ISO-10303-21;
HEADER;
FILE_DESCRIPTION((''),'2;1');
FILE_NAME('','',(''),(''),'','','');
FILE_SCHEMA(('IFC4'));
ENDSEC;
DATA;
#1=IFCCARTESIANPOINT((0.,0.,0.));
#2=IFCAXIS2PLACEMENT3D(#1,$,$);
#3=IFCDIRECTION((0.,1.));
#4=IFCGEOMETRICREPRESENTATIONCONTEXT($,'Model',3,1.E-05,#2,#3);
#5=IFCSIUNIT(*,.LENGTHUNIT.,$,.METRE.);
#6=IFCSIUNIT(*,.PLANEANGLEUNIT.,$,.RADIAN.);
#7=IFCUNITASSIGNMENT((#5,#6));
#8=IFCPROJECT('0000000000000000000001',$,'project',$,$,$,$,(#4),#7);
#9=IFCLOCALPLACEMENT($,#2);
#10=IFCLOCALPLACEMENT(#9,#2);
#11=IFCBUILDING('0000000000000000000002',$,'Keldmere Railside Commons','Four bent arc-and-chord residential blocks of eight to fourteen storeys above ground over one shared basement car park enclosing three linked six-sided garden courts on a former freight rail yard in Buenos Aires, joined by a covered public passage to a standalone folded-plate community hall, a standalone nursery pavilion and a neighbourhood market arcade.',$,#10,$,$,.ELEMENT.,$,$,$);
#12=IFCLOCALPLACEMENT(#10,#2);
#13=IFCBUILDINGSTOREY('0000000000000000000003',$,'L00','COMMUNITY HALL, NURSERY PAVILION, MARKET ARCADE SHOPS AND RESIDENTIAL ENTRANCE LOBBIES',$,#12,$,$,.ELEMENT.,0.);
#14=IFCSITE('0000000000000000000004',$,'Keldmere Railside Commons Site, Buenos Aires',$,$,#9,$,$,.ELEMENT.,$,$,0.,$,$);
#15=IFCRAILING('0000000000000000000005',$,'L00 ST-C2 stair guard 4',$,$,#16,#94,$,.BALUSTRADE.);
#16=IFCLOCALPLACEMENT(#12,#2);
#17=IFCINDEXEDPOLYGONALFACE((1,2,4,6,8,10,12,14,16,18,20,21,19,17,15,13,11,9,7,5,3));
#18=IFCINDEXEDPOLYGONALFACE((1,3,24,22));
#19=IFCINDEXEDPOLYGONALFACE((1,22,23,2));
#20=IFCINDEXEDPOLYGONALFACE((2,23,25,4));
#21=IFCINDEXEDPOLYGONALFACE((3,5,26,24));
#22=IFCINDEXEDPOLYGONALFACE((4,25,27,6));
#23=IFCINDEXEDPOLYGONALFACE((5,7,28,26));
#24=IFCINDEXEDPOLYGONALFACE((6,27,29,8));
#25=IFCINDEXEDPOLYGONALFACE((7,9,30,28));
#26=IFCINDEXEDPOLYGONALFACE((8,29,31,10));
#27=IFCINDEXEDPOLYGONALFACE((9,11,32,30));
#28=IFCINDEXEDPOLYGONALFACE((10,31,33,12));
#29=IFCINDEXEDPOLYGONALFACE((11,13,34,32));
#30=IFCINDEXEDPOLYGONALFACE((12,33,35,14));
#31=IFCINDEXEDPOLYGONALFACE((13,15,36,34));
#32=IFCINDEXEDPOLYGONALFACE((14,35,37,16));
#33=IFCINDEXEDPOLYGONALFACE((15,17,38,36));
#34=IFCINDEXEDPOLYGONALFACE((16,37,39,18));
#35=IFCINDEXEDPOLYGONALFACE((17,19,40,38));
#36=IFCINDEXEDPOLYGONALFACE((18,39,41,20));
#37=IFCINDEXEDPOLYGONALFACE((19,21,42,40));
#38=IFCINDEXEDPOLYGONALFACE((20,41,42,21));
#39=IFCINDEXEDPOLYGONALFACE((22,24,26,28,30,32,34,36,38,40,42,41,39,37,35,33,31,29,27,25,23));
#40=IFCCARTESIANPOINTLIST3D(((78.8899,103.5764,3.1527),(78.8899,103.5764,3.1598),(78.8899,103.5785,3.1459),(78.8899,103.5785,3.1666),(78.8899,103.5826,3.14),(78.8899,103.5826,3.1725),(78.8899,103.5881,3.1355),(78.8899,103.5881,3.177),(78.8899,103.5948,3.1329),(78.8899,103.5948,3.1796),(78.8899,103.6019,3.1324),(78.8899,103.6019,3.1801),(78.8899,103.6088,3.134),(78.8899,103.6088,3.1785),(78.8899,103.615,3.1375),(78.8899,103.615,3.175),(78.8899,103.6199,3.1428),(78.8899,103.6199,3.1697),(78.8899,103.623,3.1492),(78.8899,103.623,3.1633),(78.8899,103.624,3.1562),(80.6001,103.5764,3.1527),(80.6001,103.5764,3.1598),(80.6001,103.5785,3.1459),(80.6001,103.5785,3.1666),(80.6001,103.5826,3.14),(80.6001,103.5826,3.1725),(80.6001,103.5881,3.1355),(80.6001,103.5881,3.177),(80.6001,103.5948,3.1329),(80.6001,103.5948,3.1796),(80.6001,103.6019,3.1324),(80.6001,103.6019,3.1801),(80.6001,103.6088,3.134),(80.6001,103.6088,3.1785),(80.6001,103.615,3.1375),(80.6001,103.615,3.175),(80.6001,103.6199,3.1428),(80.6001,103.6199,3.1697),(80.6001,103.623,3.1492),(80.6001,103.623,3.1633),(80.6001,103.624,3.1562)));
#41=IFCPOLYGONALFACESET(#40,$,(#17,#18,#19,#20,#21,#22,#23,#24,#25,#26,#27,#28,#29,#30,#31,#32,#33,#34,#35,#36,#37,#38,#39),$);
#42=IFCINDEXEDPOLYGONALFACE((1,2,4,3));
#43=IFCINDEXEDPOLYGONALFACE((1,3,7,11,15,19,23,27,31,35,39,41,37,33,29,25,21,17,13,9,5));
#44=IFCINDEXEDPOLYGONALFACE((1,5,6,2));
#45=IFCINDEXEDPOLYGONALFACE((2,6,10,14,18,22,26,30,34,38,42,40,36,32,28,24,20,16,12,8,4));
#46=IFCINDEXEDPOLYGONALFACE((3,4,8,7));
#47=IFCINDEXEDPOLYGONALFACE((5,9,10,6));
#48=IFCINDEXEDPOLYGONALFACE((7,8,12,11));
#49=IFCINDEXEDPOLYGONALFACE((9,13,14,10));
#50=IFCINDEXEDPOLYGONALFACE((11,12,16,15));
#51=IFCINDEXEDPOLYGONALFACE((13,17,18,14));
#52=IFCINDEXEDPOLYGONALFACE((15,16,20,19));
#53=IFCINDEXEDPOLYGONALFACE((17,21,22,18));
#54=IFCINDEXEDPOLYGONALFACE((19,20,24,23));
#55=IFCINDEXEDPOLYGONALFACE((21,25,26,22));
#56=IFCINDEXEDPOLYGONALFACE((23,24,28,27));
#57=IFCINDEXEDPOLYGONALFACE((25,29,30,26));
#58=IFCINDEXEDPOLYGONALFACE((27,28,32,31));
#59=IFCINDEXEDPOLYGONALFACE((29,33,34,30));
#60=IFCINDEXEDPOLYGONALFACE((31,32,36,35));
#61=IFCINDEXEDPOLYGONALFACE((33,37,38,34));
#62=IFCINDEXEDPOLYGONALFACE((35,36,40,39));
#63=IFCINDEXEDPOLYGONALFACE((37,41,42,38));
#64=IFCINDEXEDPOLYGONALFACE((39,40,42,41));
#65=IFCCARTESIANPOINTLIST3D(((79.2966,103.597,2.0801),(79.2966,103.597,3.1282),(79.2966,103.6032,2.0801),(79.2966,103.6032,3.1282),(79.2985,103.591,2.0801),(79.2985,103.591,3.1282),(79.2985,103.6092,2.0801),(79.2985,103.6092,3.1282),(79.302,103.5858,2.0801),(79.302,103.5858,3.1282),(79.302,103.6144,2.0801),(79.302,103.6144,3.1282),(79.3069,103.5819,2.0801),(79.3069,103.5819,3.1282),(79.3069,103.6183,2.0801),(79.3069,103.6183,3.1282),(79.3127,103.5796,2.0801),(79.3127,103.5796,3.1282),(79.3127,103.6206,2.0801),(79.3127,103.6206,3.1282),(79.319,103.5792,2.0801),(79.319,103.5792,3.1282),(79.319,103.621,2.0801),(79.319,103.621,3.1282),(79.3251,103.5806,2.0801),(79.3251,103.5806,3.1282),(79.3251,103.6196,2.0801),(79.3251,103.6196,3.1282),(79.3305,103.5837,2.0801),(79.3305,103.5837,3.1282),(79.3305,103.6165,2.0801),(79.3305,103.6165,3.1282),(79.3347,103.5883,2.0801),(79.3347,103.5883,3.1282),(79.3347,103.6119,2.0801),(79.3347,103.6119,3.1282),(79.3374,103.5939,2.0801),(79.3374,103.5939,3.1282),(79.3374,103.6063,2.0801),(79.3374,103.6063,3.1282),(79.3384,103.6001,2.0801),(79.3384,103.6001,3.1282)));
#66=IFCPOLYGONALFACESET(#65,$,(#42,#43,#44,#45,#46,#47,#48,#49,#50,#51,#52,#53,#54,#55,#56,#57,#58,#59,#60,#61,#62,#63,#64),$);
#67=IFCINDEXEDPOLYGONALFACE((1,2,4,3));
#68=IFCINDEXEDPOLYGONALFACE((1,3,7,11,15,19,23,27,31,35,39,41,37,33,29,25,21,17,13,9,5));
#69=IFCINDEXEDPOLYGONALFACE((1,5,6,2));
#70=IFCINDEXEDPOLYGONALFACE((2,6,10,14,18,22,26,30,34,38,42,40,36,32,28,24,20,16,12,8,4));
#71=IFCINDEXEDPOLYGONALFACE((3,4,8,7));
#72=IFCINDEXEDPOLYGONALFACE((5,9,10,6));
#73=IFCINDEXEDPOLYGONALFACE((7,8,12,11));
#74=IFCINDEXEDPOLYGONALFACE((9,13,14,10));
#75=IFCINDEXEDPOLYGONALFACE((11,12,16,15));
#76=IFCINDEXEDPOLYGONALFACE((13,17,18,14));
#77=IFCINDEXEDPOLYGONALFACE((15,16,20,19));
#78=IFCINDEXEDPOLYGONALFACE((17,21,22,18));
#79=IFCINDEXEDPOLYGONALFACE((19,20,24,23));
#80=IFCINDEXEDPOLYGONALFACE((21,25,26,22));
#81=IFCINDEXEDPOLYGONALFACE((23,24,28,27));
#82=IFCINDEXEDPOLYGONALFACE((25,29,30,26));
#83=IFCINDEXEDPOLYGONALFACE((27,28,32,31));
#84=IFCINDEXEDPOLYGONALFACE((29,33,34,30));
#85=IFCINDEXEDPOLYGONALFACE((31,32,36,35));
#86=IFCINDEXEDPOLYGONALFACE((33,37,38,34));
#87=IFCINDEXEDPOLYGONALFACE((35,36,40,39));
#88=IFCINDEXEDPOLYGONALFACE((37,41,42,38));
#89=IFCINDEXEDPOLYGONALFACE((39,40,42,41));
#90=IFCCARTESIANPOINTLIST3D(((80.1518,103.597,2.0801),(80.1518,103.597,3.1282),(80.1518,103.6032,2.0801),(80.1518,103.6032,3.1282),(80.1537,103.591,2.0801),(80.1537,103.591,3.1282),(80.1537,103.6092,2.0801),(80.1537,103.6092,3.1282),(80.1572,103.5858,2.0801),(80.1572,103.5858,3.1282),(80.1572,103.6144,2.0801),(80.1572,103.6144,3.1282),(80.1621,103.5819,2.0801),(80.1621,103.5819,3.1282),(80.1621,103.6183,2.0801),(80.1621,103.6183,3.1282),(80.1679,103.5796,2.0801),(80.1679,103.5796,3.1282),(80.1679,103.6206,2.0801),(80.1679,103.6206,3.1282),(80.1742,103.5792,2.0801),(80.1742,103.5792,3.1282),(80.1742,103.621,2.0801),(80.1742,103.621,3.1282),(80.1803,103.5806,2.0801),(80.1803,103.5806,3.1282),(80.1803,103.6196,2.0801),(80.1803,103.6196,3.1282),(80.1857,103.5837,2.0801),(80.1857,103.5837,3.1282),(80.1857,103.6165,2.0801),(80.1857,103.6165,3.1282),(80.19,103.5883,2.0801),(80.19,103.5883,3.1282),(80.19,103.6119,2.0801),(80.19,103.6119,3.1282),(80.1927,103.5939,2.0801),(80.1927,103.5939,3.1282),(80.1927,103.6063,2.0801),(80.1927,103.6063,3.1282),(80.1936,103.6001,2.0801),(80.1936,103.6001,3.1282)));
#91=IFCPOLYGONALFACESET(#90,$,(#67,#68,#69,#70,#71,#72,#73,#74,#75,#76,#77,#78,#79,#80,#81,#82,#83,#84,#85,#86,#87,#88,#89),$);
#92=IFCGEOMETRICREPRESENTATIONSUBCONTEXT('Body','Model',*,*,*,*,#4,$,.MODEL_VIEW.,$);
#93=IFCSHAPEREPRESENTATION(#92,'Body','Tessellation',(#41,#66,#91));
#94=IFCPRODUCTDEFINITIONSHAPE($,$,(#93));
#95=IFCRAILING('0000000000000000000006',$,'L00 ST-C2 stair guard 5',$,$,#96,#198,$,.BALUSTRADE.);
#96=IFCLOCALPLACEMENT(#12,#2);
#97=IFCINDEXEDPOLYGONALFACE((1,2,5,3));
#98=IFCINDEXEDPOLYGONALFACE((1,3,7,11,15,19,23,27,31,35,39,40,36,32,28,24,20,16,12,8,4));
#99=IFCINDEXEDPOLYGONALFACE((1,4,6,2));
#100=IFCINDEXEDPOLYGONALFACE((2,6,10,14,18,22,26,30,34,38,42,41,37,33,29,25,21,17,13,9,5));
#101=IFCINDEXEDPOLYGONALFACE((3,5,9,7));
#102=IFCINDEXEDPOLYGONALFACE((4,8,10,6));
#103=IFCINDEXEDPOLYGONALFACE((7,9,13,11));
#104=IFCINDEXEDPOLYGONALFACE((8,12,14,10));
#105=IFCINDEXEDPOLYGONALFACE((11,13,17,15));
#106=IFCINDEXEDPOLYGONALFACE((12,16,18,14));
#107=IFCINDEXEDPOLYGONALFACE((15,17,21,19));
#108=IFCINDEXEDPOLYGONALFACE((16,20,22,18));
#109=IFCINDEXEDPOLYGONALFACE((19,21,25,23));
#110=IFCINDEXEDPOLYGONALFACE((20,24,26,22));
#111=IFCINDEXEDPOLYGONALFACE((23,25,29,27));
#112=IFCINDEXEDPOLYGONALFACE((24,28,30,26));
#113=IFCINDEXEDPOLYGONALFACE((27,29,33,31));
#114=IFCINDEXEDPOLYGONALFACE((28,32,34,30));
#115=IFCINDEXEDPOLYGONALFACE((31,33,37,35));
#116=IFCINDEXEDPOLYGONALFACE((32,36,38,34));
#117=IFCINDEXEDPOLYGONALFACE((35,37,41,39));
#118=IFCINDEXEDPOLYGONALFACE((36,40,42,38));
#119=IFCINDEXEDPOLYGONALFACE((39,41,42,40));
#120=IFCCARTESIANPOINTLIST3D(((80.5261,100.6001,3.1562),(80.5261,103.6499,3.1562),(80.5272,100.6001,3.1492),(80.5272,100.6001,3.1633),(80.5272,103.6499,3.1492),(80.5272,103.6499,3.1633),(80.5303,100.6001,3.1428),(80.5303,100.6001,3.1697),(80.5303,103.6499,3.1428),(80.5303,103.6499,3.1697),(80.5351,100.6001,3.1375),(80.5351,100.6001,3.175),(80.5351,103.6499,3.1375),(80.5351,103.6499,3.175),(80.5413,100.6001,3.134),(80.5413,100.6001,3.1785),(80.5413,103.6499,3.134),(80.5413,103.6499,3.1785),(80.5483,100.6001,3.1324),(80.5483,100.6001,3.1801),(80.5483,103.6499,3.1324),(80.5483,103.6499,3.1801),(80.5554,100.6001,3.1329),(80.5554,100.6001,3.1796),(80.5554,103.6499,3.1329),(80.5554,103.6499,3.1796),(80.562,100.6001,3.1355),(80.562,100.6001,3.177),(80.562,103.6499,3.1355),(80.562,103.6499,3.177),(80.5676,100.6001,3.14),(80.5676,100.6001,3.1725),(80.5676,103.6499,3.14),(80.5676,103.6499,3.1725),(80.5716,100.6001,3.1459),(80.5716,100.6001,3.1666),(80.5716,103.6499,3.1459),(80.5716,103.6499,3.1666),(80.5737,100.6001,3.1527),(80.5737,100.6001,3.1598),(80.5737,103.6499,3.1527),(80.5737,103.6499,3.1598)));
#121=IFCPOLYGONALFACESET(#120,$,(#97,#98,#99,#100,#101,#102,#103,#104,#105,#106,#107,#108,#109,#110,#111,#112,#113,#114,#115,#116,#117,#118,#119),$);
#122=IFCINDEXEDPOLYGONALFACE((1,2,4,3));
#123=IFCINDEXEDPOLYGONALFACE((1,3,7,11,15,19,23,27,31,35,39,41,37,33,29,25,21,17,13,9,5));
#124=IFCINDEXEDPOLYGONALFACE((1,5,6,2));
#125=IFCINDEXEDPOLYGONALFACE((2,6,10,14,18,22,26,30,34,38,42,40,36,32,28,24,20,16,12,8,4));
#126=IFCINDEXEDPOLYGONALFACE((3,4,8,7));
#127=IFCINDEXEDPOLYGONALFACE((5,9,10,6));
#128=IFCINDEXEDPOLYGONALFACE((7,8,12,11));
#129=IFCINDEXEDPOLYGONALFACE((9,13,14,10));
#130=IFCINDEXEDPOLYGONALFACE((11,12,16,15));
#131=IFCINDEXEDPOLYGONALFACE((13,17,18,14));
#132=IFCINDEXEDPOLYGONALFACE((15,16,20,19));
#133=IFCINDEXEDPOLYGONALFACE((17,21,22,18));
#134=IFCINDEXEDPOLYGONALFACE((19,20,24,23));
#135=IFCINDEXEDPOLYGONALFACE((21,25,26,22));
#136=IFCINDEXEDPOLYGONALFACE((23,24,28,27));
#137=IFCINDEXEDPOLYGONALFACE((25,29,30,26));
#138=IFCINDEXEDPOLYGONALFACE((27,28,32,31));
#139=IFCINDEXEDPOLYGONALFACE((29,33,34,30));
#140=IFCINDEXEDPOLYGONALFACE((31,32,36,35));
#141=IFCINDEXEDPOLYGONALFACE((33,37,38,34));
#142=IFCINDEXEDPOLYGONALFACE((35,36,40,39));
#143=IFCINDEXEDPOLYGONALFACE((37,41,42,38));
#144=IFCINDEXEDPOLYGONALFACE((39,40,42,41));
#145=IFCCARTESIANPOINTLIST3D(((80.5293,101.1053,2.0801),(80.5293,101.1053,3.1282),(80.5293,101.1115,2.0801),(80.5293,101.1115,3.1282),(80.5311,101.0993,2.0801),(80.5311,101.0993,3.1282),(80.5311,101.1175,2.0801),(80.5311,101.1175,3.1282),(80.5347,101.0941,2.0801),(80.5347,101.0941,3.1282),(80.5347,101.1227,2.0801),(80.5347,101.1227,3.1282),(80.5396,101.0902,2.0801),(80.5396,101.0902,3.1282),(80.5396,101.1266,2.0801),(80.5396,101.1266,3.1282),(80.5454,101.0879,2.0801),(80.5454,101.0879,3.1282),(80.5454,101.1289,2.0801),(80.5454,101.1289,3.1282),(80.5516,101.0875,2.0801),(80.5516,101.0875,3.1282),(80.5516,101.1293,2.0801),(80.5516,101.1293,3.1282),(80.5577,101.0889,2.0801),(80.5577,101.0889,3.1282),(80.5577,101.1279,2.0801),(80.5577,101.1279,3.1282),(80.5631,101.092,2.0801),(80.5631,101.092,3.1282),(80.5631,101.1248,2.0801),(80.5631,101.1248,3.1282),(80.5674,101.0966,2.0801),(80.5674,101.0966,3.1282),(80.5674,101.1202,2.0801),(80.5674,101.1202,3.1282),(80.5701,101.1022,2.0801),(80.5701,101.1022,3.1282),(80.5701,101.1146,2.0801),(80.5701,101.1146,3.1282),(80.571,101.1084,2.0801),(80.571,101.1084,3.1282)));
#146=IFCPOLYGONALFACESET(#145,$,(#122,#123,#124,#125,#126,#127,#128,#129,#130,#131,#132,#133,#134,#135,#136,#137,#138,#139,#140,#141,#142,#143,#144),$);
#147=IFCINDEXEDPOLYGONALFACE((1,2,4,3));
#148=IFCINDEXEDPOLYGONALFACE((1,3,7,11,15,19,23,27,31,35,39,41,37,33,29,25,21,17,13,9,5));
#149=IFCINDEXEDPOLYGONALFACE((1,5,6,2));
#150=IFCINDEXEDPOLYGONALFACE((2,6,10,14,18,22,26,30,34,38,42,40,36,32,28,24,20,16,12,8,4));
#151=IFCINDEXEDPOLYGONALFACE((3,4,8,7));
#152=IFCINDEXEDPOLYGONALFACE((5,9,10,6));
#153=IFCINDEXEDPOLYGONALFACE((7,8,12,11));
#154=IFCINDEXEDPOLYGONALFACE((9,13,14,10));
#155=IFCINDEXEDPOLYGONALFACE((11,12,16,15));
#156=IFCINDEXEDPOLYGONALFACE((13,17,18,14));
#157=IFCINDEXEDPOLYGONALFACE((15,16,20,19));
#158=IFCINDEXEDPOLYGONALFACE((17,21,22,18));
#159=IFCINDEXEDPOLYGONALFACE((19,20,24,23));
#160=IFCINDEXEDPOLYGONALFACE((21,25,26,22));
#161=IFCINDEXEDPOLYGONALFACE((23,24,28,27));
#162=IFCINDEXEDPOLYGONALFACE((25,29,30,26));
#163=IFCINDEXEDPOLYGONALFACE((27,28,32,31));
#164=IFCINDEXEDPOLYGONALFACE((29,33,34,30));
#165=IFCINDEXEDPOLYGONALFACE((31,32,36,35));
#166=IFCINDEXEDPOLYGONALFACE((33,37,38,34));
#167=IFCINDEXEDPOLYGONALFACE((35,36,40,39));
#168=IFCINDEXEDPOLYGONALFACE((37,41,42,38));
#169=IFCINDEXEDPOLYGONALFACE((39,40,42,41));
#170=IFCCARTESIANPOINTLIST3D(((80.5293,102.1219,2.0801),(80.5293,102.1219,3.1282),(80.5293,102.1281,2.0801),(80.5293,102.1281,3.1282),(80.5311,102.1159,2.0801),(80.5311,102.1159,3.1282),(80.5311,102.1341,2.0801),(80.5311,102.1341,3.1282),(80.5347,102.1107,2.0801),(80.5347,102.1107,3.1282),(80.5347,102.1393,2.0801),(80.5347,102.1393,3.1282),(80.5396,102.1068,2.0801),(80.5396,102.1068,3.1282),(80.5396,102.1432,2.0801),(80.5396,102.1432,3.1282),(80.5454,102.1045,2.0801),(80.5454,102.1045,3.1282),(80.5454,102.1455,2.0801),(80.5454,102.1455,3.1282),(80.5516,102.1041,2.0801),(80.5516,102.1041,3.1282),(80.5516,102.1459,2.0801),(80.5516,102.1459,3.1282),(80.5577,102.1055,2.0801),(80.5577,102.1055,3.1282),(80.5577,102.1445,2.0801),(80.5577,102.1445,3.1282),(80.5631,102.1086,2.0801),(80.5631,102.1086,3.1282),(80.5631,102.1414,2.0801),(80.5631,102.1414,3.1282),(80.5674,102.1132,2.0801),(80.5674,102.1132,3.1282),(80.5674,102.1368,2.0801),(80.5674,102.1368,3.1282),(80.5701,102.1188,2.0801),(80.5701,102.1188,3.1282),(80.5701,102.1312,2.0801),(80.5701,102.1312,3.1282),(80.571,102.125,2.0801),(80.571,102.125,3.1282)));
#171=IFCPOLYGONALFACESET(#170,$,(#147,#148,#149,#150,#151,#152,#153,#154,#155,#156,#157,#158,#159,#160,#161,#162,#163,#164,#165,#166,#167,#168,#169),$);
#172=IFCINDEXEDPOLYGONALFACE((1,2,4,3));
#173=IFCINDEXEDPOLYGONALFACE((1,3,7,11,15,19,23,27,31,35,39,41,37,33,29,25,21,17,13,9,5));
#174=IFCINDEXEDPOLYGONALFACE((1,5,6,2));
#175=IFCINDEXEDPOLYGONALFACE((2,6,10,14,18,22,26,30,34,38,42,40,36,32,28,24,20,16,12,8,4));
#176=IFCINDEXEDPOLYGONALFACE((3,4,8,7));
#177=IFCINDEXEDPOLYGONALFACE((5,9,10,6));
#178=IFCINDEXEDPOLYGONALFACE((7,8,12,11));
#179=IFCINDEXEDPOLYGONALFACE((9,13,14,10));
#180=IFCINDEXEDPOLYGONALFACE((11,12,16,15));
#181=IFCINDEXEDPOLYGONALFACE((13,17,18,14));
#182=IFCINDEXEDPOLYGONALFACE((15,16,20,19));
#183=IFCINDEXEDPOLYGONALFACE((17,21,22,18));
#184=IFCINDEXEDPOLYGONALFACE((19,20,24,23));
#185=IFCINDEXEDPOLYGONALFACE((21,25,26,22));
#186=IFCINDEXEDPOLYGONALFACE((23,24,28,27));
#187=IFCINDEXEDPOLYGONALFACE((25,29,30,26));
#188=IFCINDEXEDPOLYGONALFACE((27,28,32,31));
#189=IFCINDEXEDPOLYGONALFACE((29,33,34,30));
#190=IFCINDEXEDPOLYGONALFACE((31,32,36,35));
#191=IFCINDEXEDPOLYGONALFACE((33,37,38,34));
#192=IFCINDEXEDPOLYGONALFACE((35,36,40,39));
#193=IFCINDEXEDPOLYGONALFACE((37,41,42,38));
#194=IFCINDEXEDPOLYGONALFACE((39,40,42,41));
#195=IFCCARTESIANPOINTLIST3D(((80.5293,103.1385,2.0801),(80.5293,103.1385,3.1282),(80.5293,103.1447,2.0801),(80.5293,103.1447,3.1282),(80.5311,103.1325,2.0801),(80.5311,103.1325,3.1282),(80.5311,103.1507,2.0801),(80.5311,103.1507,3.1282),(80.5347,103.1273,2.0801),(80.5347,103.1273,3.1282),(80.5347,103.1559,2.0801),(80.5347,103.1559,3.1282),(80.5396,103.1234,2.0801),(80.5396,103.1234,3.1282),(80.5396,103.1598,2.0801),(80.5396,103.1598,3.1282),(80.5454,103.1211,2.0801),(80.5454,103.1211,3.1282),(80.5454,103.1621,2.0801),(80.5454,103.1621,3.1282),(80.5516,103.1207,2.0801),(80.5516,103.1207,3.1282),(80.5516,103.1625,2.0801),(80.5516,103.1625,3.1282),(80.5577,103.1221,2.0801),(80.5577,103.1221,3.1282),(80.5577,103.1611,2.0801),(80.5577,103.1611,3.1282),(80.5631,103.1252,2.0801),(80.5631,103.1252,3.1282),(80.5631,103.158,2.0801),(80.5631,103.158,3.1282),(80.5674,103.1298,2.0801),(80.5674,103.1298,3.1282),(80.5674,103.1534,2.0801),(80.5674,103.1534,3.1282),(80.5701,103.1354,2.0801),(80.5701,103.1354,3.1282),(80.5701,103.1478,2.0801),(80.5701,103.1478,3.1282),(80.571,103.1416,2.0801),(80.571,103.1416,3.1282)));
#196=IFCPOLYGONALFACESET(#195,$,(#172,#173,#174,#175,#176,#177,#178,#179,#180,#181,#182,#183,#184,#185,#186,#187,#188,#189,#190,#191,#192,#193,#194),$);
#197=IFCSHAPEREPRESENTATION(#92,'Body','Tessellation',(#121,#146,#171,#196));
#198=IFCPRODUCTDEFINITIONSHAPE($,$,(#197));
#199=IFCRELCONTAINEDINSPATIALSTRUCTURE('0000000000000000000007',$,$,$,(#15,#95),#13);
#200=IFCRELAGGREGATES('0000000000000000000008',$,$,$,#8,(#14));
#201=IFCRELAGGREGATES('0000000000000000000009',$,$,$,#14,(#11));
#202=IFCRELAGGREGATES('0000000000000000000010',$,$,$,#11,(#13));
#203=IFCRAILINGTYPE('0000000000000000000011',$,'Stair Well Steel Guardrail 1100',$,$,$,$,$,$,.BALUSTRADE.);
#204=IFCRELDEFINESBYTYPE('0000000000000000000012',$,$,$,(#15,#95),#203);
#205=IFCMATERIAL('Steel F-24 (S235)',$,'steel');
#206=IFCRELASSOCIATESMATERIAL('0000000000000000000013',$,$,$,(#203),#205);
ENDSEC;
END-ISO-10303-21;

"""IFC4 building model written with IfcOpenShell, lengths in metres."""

from ifc_helpers import new_model, si_unit, direction, frame, origin, origin_2d, place, context, subcontext, project, spatial, circle, extrude, material, type_object, element, save


model = new_model("IFC4")

# Units and contexts
model_context = context("Model", 3, precision=1e-05, world=origin(), true_north=direction((0.0, 1.0)))
body_context = subcontext(model_context, "Body", "Model", "MODEL_VIEW")
ifc_project = project(units=[si_unit("LENGTHUNIT", "METRE"), si_unit("PLANEANGLEUNIT", "RADIAN")], contexts=[model_context])

# Site, building, storey
site_placement = place(None, origin())
site = spatial("IfcSite", under=ifc_project, at=site_placement, Name="Keldmere Railside Commons Site, Buenos Aires", CompositionType="ELEMENT", RefElevation=0.0)
building_placement = place(site_placement, origin())
building = spatial("IfcBuilding", under=site, at=building_placement, Name="Keldmere Railside Commons", Description="Four bent arc-and-chord residential blocks of eight to fourteen storeys above ground over one shared basement car park enclosing three linked six-sided garden courts on a former freight rail yard in Buenos Aires, joined by a covered public passage to a standalone folded-plate community hall, a standalone nursery pavilion and a neighbourhood market arcade.", CompositionType="ELEMENT")
storey_placement = place(building_placement, origin())
storey = spatial("IfcBuildingStorey", under=building, at=storey_placement, Name="L00", Description="COMMUNITY HALL, NURSERY PAVILION, MARKET ARCADE SHOPS AND RESIDENTIAL ENTRANCE LOBBIES", CompositionType="ELEMENT", Elevation=0.0)

# Shared definitions
ifc_material_1 = material(Name="Steel F-24 (S235)", Category="steel")

# Railings
railing_type_1 = type_object("IfcRailingType", Name="Stair Well Steel Guardrail 1100", PredefinedType="BALUSTRADE", material=ifc_material_1)
for number, where, name in (
    (1, (78.8899, 103.6001, 2.0801), "L00 ST-C2 stair guard 4"),
):
    element("IfcRailing", number, at=place(storey_placement, frame(where)), inside=storey, type_object=railing_type_1, Name=name, PredefinedType="BALUSTRADE", context=body_context, shape_type="SweptSolid", body=[
        extrude(circle(Radius=0.0239, at=origin_2d()), frame((0.0, 0.0, 1.0762), z_axis=(1.0, 0.0, 0.0), x_axis=(0.0, 1.0, 0.0)), (0.0, 0.0, 1.0), 1.7102),
        extrude(circle(Radius=0.021, at=origin_2d()), frame((0.4275, 0.0, 0.0)), (0.0, 0.0, 1.0), 1.0481),
        extrude(circle(Radius=0.021, at=origin_2d()), frame((1.2827, 0.0, 0.0)), (0.0, 0.0, 1.0), 1.0481),
    ])
railing_1_placement = place(storey_placement, frame((80.55, 100.6001, 2.0801)))
element("IfcRailing", 2, at=railing_1_placement, inside=storey, type_object=railing_type_1, Name="L00 ST-C2 stair guard 5", PredefinedType="BALUSTRADE", context=body_context, shape_type="SweptSolid", body=[
    extrude(circle(Radius=0.0239, at=origin_2d()), frame((0.0, 0.0, 1.0762), z_axis=(0.0, 1.0, 0.0), x_axis=(-1.0, 0.0, 0.0)), (0.0, 0.0, 1.0), 3.0498),
    extrude(circle(Radius=0.021, at=origin_2d()), frame((0.0, 0.5083, 0.0)), (0.0, 0.0, 1.0), 1.0481),
    extrude(circle(Radius=0.021, at=origin_2d()), frame((0.0, 1.5249, 0.0)), (0.0, 0.0, 1.0), 1.0481),
    extrude(circle(Radius=0.021, at=origin_2d()), frame((0.0, 2.5415, 0.0)), (0.0, 0.0, 1.0), 1.0481),
])

save(model, "model.ifc")
